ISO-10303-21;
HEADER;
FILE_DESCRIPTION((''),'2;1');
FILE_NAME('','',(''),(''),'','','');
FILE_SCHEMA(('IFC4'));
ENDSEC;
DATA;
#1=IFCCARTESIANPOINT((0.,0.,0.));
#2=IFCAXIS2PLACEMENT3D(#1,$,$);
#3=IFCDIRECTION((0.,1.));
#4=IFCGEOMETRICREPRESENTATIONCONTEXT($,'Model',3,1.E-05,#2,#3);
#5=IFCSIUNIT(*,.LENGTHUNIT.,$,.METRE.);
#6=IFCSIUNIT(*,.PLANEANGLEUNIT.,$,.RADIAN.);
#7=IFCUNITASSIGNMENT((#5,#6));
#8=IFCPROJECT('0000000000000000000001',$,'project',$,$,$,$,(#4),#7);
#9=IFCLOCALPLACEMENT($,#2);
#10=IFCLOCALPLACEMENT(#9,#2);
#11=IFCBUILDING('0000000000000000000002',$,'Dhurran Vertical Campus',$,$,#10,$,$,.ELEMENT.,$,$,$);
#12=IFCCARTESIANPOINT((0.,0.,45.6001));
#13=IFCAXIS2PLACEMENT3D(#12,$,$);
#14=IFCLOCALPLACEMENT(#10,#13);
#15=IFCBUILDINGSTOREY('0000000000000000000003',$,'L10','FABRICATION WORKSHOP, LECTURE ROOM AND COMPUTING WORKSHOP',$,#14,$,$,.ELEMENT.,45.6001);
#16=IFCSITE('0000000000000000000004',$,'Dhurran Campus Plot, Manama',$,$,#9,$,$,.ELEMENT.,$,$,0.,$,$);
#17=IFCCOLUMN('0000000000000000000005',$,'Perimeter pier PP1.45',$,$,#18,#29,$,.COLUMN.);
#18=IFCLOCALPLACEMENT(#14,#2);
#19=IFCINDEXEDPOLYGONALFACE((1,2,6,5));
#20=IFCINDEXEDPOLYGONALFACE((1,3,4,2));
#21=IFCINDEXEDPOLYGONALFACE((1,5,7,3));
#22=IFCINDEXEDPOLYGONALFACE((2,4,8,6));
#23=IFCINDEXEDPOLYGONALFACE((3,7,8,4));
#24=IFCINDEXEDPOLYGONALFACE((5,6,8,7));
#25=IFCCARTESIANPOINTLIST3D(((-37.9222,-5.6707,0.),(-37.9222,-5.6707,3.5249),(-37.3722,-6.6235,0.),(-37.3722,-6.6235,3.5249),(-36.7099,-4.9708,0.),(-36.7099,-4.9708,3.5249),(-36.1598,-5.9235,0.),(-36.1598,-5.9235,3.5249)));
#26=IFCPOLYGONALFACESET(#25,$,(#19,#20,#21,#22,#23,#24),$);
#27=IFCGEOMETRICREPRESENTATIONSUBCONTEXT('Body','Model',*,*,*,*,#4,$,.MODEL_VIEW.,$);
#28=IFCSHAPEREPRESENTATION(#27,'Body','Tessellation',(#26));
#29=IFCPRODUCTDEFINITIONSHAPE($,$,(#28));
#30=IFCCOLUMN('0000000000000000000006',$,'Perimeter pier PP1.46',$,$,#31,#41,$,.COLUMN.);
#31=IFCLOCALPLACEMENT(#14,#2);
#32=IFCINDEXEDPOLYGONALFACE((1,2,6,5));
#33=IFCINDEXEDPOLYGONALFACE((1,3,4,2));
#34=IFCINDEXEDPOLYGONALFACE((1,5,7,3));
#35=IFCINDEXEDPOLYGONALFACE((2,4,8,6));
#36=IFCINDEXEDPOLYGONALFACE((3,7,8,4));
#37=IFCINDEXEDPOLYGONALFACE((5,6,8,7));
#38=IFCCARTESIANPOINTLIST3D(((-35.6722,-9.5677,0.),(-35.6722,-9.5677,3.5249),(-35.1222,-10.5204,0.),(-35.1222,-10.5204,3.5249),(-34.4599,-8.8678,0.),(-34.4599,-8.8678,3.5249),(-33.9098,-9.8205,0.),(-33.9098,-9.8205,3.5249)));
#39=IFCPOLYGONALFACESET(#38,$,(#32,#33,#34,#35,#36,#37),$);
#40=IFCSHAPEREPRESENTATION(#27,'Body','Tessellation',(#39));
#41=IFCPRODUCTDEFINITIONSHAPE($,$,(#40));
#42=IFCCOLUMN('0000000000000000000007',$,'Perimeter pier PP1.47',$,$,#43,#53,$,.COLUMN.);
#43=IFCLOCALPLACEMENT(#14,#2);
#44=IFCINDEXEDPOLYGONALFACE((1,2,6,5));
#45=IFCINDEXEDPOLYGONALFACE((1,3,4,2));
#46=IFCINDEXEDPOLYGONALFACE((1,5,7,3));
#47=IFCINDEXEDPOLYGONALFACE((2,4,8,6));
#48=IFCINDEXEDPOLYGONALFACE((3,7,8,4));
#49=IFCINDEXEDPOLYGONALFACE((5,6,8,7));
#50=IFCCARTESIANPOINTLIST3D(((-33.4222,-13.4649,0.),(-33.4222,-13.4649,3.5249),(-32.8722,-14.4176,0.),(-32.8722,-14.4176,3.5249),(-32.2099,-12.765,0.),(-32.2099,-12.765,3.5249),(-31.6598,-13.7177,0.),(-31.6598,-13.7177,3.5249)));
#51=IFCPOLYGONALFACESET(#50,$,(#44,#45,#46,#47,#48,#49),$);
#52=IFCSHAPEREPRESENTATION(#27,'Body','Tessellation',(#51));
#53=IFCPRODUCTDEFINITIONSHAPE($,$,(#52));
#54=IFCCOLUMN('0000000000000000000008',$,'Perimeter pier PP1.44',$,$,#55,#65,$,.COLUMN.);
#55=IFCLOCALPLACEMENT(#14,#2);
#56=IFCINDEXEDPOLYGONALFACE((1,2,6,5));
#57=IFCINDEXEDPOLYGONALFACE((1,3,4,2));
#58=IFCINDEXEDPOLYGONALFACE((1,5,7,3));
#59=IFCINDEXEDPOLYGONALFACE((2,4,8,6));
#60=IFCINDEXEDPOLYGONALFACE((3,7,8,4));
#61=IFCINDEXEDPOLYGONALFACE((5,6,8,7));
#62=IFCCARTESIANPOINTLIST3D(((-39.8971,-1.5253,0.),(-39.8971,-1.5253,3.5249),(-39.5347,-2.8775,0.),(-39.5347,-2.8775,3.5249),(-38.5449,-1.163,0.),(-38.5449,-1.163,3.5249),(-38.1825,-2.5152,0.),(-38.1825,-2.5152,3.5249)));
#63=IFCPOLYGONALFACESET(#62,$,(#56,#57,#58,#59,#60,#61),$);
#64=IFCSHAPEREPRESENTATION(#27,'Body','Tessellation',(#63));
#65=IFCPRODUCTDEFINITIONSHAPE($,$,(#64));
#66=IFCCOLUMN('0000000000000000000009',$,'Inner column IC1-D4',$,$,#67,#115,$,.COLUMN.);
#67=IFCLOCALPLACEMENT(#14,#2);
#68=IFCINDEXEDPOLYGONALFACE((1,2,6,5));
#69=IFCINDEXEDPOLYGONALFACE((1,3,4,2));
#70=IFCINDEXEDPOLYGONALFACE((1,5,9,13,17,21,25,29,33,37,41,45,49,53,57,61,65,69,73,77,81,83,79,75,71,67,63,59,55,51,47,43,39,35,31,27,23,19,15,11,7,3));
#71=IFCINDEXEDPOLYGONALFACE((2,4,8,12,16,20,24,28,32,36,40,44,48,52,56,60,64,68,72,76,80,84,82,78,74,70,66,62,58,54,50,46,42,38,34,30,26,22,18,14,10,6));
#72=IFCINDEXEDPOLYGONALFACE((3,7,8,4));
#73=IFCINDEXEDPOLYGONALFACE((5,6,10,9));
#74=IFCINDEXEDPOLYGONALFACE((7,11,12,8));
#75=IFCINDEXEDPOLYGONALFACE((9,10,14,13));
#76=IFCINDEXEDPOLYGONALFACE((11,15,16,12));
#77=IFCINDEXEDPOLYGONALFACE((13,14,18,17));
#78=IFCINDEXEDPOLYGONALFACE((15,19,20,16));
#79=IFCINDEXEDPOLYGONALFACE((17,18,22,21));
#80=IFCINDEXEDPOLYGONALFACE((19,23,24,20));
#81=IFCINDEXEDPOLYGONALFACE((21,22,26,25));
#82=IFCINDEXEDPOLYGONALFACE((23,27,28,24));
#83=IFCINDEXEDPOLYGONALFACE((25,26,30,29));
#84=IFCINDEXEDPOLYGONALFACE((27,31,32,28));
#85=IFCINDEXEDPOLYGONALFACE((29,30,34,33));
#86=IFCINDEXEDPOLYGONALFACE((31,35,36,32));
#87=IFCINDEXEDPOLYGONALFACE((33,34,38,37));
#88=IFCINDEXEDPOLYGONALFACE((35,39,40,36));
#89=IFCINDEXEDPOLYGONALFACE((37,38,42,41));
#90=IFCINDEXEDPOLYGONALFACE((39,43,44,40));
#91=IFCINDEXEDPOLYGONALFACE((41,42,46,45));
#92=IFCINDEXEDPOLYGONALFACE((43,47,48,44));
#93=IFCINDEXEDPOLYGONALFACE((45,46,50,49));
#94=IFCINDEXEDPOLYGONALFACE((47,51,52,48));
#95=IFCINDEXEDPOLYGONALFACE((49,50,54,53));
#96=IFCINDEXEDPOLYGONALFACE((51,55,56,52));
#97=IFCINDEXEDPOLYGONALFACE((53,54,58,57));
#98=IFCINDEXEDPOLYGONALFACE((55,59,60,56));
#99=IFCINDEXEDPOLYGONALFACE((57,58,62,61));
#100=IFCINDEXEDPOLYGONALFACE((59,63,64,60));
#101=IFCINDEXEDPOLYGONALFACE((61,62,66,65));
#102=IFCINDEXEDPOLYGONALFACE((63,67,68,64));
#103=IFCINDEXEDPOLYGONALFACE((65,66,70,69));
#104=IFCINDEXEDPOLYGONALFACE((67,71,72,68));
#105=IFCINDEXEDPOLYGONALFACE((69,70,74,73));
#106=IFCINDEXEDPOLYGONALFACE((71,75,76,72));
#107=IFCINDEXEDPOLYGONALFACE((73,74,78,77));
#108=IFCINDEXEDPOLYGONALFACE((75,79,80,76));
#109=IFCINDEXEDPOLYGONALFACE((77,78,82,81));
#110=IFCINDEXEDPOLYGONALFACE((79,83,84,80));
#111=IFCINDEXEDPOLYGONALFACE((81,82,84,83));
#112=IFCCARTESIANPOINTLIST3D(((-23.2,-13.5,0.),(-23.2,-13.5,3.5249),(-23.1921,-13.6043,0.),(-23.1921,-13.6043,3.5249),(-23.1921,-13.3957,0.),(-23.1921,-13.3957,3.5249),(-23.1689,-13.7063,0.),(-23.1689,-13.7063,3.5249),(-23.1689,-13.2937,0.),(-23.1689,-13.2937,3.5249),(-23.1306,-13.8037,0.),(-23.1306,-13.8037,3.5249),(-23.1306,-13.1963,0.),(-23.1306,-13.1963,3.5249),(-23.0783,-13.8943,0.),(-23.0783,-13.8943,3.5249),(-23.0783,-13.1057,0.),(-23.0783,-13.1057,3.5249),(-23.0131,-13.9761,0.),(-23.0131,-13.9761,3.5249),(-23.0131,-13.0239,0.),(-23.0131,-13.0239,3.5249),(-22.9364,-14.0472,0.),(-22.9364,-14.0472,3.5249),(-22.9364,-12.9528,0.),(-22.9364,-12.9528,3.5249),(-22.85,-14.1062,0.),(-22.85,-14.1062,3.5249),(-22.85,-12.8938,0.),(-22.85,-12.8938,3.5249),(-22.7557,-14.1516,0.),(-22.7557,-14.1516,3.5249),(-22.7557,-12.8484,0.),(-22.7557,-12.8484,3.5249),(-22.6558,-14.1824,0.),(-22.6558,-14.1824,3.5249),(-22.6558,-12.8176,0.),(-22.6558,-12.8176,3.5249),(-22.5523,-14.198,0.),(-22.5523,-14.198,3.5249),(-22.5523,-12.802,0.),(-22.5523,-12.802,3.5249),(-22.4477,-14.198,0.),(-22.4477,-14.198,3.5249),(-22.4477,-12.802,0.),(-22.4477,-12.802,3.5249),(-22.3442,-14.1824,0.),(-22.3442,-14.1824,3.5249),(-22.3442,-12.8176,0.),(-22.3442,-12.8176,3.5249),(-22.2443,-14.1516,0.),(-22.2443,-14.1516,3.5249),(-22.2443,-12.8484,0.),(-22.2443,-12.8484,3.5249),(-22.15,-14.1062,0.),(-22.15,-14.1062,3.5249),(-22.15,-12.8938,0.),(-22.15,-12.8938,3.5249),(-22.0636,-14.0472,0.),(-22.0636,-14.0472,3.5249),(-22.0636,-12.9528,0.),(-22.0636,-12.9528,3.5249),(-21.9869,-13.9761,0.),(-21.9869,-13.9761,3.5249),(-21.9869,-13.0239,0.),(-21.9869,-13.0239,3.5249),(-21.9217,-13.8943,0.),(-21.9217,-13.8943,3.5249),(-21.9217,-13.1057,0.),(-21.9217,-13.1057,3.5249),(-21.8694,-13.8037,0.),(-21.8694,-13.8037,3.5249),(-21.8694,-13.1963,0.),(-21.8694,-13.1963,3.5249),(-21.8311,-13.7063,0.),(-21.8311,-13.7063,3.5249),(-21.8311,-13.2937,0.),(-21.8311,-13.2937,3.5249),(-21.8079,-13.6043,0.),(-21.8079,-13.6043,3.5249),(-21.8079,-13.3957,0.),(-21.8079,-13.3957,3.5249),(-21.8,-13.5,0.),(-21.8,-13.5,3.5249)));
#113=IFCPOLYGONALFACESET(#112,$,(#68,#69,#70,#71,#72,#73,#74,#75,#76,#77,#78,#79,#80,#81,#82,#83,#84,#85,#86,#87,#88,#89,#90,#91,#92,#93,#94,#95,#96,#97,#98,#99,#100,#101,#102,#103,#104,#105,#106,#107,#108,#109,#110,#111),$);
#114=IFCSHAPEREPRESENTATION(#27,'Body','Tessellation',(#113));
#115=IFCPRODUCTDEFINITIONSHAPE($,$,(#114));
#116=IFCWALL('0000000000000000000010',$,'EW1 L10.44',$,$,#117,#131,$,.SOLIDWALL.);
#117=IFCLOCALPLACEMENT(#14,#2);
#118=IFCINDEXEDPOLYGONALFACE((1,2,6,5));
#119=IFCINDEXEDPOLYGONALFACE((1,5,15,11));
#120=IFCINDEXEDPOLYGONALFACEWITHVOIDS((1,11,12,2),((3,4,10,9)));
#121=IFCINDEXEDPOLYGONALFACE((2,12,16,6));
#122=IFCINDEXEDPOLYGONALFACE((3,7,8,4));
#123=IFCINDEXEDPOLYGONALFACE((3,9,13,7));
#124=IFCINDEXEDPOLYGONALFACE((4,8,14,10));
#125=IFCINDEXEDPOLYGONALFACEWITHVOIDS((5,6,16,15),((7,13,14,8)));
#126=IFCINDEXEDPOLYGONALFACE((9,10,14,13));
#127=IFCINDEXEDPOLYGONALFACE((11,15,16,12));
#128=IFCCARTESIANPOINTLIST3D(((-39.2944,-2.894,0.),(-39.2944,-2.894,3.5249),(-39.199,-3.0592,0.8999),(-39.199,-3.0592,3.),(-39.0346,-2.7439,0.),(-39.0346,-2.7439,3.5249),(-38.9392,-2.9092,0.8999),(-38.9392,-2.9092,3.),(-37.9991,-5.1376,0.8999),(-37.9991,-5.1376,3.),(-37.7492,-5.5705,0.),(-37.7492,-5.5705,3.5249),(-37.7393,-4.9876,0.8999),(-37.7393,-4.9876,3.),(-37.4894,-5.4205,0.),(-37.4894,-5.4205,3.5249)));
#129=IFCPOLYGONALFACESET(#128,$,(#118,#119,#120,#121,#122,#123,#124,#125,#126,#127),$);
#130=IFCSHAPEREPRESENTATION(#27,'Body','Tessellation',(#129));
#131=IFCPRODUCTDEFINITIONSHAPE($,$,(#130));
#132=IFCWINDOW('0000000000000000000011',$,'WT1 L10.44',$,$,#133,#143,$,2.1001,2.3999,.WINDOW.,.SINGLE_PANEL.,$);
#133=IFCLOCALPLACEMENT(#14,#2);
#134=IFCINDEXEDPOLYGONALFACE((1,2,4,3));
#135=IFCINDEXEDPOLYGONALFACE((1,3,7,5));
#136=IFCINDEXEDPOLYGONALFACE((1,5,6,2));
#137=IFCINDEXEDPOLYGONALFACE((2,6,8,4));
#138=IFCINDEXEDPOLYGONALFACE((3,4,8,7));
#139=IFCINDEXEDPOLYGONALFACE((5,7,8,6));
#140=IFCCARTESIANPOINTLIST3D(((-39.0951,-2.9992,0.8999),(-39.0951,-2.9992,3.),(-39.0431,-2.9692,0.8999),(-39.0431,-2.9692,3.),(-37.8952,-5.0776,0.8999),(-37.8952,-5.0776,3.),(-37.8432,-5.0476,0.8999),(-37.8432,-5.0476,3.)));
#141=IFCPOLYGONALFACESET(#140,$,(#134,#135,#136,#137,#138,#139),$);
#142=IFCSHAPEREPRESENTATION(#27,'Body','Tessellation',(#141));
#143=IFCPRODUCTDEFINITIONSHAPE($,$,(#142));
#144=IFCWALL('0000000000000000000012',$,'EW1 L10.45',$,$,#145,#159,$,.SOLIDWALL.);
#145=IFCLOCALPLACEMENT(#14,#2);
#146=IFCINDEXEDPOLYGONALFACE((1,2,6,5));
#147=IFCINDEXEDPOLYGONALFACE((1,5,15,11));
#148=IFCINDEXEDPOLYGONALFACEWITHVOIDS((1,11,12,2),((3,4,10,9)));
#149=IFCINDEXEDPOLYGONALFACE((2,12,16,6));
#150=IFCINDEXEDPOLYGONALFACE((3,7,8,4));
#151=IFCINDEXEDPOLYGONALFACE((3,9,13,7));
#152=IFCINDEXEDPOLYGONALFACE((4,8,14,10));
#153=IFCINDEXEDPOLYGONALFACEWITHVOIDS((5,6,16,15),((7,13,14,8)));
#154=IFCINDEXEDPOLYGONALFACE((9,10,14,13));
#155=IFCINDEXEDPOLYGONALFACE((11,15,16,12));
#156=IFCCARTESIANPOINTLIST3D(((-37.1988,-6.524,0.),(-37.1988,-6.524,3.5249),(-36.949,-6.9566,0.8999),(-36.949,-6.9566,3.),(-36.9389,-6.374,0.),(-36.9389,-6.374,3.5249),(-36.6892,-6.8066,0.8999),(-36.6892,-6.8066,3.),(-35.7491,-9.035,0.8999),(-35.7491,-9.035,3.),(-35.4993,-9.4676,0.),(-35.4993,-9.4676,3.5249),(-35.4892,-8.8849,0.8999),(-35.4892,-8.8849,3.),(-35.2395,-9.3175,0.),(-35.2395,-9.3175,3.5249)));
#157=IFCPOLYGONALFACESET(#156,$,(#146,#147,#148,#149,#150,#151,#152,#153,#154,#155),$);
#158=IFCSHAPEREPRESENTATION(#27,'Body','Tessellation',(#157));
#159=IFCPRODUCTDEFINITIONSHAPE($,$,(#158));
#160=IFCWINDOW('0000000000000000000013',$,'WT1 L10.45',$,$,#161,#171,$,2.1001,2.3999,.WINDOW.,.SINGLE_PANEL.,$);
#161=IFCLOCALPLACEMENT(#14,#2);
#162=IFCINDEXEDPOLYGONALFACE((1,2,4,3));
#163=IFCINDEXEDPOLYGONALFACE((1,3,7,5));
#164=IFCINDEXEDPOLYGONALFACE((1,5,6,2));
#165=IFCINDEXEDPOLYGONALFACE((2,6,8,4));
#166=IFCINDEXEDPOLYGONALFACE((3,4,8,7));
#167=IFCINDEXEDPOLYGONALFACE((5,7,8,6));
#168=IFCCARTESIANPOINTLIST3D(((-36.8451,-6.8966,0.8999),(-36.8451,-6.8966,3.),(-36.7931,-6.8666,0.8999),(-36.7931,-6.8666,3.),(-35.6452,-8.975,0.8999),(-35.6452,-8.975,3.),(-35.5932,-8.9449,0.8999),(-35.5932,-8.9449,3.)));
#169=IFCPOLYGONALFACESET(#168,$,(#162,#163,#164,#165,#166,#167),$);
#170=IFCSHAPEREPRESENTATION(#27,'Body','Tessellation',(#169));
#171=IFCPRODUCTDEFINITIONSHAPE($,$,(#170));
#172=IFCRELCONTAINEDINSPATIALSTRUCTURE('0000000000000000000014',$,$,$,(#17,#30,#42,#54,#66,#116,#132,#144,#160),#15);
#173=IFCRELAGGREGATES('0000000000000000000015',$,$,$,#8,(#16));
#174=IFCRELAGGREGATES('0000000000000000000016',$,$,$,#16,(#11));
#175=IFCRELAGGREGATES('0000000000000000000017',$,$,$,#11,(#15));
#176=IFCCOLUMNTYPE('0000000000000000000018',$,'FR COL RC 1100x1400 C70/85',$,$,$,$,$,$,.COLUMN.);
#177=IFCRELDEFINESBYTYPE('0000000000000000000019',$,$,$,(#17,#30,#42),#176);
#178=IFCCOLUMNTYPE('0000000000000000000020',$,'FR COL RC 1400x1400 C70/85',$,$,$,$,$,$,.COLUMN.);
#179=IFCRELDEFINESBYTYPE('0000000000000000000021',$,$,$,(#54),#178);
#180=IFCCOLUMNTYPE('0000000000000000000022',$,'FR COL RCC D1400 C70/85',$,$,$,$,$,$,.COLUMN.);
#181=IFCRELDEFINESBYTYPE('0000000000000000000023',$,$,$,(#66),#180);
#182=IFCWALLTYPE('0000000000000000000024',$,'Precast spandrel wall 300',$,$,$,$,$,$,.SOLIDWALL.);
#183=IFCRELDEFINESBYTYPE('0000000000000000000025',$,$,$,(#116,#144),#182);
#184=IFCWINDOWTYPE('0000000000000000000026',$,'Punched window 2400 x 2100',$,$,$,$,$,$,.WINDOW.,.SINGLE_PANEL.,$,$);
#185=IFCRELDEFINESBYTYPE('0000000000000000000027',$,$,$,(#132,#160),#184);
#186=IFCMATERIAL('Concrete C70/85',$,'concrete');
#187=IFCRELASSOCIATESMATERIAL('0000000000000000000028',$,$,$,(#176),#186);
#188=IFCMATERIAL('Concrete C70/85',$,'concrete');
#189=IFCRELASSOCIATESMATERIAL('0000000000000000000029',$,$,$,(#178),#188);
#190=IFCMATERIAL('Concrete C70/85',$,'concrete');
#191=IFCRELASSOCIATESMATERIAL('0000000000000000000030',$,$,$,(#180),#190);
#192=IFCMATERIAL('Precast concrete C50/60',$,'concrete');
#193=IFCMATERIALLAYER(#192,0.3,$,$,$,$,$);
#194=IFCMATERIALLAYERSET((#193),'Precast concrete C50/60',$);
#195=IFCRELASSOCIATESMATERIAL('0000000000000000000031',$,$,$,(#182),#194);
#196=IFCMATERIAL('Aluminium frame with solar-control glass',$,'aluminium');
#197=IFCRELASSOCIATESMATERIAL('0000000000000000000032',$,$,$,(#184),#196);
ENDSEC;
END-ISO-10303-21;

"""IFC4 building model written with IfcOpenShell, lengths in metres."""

from ifc_helpers import new_model, si_unit, direction, frame, frame_2d, origin, origin_2d, place, context, subcontext, project, spatial, rectangle, circle, extrude, material, layer, layer_set, material_profile, profile_set, type_object, element, fill, save


model = new_model("IFC4")

# Units and contexts
model_context = context("Model", 3, precision=1e-05, world=origin(), true_north=direction((0.0, 1.0)))
body_context = subcontext(model_context, "Body", "Model", "MODEL_VIEW")
ifc_project = project(units=[si_unit("LENGTHUNIT", "METRE"), si_unit("PLANEANGLEUNIT", "RADIAN")], contexts=[model_context])

# Site, building, storey
site_placement = place(None, origin())
site = spatial("IfcSite", under=ifc_project, at=site_placement, Name="Dhurran Campus Plot, Manama", CompositionType="ELEMENT", RefElevation=0.0)
building_placement = place(site_placement, origin())
building = spatial("IfcBuilding", under=site, at=building_placement, Name="Dhurran Vertical Campus", CompositionType="ELEMENT")
storey_placement = place(building_placement, frame((0.0, 0.0, 45.6001)))
storey = spatial("IfcBuildingStorey", under=building, at=storey_placement, Name="L10", Description="FABRICATION WORKSHOP, LECTURE ROOM AND COMPUTING WORKSHOP", CompositionType="ELEMENT", Elevation=45.6001)

# Columns
ifc_material_1 = material(Name="Concrete C70/85", Category="concrete")
ifc_material_profile_1 = material_profile(ifc_material_1, rectangle(XDim=1.1001, YDim=1.3999, at=origin_2d()), Name="RC 1100x1400")
ifc_profile_set_1 = profile_set([ifc_material_profile_1], Name="Concrete C70/85")
column_type_1 = type_object("IfcColumnType", Name="FR COL RC 1100x1400 C70/85", PredefinedType="COLUMN", material=ifc_profile_set_1)
for number, where, z_axis, x_axis, name in (
    (1, (-37.041, -5.7971, 0.0), (0.0, 0.0, 1.0), (0.5, -0.866025, 0.0), "Perimeter pier PP1.45"),
    (2, (-34.791, -9.6941, 0.0), (0.0, 0.0, 1.0), (0.5, -0.866025, 0.0), "Perimeter pier PP1.46"),
    (3, (-32.541, -13.5913, 0.0), (0.0, 0.0, 1.0), (0.5, -0.866025, 0.0), "Perimeter pier PP1.47"),
):
    element("IfcColumn", number, at=place(storey_placement, frame(where, z_axis=z_axis, x_axis=x_axis)), inside=storey, type_object=column_type_1, Name=name, PredefinedType="COLUMN", context=body_context, shape_type="SweptSolid", body=[
        extrude(rectangle(XDim=1.1001, YDim=1.3999, at=origin_2d()), origin(), (0.0, 0.0, 1.0), 3.5249),
    ])
ifc_material_2 = material(Name="Concrete C70/85", Category="concrete")
ifc_material_profile_2 = material_profile(ifc_material_2, rectangle(XDim=1.3999, YDim=1.3999, at=origin_2d()), Name="RC 1400x1400")
ifc_profile_set_2 = profile_set([ifc_material_profile_2], Name="Concrete C70/85")
column_type_2 = type_object("IfcColumnType", Name="FR COL RC 1400x1400 C70/85", PredefinedType="COLUMN", material=ifc_profile_set_2)
column_1_placement = place(storey_placement, frame((-39.0398, -2.0203, 0.0), z_axis=(0.0, 0.0, 1.0), x_axis=(0.258819, -0.965926, 0.0)))
element("IfcColumn", 4, at=column_1_placement, inside=storey, type_object=column_type_2, Name="Perimeter pier PP1.44", PredefinedType="COLUMN", context=body_context, shape_type="SweptSolid", body=[
    extrude(rectangle(XDim=1.3999, YDim=1.3999, at=origin_2d()), origin(), (0.0, 0.0, 1.0), 3.5249),
])
ifc_material_3 = material(Name="Concrete C70/85", Category="concrete")
ifc_material_profile_3 = material_profile(ifc_material_3, circle(Radius=0.7, at=origin_2d()), Name="RCC D1400")
ifc_profile_set_3 = profile_set([ifc_material_profile_3], Name="Concrete C70/85")
column_type_3 = type_object("IfcColumnType", Name="FR COL RCC D1400 C70/85", PredefinedType="COLUMN", material=ifc_profile_set_3)
column_2_placement = place(storey_placement, frame((-22.5, -13.5, 0.0), z_axis=(0.0, 0.0, 1.0), x_axis=(1.0, 0.0, 0.0)))
element("IfcColumn", 5, at=column_2_placement, inside=storey, type_object=column_type_3, Name="Inner column IC1-D4", PredefinedType="COLUMN", context=body_context, shape_type="SweptSolid", body=[
    extrude(circle(Radius=0.7, at=origin_2d()), origin(), (0.0, 0.0, 1.0), 3.5249),
])

# Walls, openings, windows
ifc_material_4 = material(Name="Precast concrete C50/60", Category="concrete")
ifc_layer_1 = layer(ifc_material_4, 0.3)
ifc_layer_set_1 = layer_set([ifc_layer_1], Name="Precast concrete C50/60")
wall_type_1 = type_object("IfcWallType", Name="Precast spandrel wall 300", PredefinedType="SOLIDWALL", material=ifc_layer_set_1)
wall_1_placement = place(storey_placement, frame((-39.1646, -2.8188, 0.0), z_axis=(0.0, 0.0, 1.0), x_axis=(0.499971, -0.866042, 0.0)))
wall_1 = element("IfcWall", 6, at=wall_1_placement, inside=storey, type_object=wall_type_1, Name="EW1 L10.44", PredefinedType="SOLIDWALL", context=body_context, shape_type="SweptSolid", body=[
    extrude(rectangle(XDim=3.0906, YDim=0.3, at=frame_2d((1.5454, 0.0))), origin(), (0.0, 0.0, 1.0), 3.5249),
])
opening_1_placement = place(wall_1_placement, frame((0.1909, 0.0, 0.8999)))
opening_1 = element("IfcOpeningElement", 7, at=opening_1_placement, cuts=wall_1, PredefinedType="OPENING", context=body_context, shape_type="SweptSolid", body=[
    extrude(rectangle(XDim=2.3999, YDim=2.1001, at=frame_2d((1.2, 1.05))), frame((0.0, 0.1599, 0.0), z_axis=(0.0, -1.0, 0.0), x_axis=(1.0, 0.0, 0.0)), (0.0, 0.0, 1.0), 0.3201),
])
ifc_material_5 = material(Name="Aluminium frame with solar-control glass", Category="aluminium")
window_type = type_object("IfcWindowType", Name="Punched window 2400 x 2100", PartitioningType="SINGLE_PANEL", PredefinedType="WINDOW", material=ifc_material_5)
window_1_placement = place(opening_1_placement, origin())
window_1 = element("IfcWindow", 8, at=window_1_placement, inside=storey, type_object=window_type, Name="WT1 L10.44", OverallHeight=2.1001, OverallWidth=2.3999, PartitioningType="SINGLE_PANEL", PredefinedType="WINDOW", context=body_context, shape_type="SweptSolid", body=[
    extrude(rectangle(XDim=2.3999, YDim=2.1001, at=frame_2d((1.2, 1.05))), frame((0.0, 0.03, 0.0), z_axis=(0.0, -1.0, 0.0), x_axis=(1.0, 0.0, 0.0)), (0.0, 0.0, 1.0), 0.0601),
])
fill(opening_1, window_1)
wall_2_placement = place(storey_placement, frame((-37.0688, -6.449, 0.0), z_axis=(0.0, 0.0, 1.0), x_axis=(0.499994, -0.866029, 0.0)))
wall_2 = element("IfcWall", 9, at=wall_2_placement, inside=storey, type_object=wall_type_1, Name="EW1 L10.45", PredefinedType="SOLIDWALL", context=body_context, shape_type="SweptSolid", body=[
    extrude(rectangle(XDim=3.3989, YDim=0.3, at=frame_2d((1.6995, 0.0))), origin(), (0.0, 0.0, 1.0), 3.5249),
])
opening_2_placement = place(wall_2_placement, frame((0.4995, 0.0, 0.8999)))
opening_2 = element("IfcOpeningElement", 10, at=opening_2_placement, cuts=wall_2, PredefinedType="OPENING", context=body_context, shape_type="SweptSolid", body=[
    extrude(rectangle(XDim=2.3999, YDim=2.1001, at=frame_2d((1.2, 1.05))), frame((0.0, 0.1599, 0.0), z_axis=(0.0, -1.0, 0.0), x_axis=(1.0, 0.0, 0.0)), (0.0, 0.0, 1.0), 0.3201),
])
window_2_placement = place(opening_2_placement, origin())
window_2 = element("IfcWindow", 11, at=window_2_placement, inside=storey, type_object=window_type, Name="WT1 L10.45", OverallHeight=2.1001, OverallWidth=2.3999, PartitioningType="SINGLE_PANEL", PredefinedType="WINDOW", context=body_context, shape_type="SweptSolid", body=[
    extrude(rectangle(XDim=2.3999, YDim=2.1001, at=frame_2d((1.2, 1.05))), frame((0.0, 0.03, 0.0), z_axis=(0.0, -1.0, 0.0), x_axis=(1.0, 0.0, 0.0)), (0.0, 0.0, 1.0), 0.0601),
])
fill(opening_2, window_2)

save(model, "model.ifc")
